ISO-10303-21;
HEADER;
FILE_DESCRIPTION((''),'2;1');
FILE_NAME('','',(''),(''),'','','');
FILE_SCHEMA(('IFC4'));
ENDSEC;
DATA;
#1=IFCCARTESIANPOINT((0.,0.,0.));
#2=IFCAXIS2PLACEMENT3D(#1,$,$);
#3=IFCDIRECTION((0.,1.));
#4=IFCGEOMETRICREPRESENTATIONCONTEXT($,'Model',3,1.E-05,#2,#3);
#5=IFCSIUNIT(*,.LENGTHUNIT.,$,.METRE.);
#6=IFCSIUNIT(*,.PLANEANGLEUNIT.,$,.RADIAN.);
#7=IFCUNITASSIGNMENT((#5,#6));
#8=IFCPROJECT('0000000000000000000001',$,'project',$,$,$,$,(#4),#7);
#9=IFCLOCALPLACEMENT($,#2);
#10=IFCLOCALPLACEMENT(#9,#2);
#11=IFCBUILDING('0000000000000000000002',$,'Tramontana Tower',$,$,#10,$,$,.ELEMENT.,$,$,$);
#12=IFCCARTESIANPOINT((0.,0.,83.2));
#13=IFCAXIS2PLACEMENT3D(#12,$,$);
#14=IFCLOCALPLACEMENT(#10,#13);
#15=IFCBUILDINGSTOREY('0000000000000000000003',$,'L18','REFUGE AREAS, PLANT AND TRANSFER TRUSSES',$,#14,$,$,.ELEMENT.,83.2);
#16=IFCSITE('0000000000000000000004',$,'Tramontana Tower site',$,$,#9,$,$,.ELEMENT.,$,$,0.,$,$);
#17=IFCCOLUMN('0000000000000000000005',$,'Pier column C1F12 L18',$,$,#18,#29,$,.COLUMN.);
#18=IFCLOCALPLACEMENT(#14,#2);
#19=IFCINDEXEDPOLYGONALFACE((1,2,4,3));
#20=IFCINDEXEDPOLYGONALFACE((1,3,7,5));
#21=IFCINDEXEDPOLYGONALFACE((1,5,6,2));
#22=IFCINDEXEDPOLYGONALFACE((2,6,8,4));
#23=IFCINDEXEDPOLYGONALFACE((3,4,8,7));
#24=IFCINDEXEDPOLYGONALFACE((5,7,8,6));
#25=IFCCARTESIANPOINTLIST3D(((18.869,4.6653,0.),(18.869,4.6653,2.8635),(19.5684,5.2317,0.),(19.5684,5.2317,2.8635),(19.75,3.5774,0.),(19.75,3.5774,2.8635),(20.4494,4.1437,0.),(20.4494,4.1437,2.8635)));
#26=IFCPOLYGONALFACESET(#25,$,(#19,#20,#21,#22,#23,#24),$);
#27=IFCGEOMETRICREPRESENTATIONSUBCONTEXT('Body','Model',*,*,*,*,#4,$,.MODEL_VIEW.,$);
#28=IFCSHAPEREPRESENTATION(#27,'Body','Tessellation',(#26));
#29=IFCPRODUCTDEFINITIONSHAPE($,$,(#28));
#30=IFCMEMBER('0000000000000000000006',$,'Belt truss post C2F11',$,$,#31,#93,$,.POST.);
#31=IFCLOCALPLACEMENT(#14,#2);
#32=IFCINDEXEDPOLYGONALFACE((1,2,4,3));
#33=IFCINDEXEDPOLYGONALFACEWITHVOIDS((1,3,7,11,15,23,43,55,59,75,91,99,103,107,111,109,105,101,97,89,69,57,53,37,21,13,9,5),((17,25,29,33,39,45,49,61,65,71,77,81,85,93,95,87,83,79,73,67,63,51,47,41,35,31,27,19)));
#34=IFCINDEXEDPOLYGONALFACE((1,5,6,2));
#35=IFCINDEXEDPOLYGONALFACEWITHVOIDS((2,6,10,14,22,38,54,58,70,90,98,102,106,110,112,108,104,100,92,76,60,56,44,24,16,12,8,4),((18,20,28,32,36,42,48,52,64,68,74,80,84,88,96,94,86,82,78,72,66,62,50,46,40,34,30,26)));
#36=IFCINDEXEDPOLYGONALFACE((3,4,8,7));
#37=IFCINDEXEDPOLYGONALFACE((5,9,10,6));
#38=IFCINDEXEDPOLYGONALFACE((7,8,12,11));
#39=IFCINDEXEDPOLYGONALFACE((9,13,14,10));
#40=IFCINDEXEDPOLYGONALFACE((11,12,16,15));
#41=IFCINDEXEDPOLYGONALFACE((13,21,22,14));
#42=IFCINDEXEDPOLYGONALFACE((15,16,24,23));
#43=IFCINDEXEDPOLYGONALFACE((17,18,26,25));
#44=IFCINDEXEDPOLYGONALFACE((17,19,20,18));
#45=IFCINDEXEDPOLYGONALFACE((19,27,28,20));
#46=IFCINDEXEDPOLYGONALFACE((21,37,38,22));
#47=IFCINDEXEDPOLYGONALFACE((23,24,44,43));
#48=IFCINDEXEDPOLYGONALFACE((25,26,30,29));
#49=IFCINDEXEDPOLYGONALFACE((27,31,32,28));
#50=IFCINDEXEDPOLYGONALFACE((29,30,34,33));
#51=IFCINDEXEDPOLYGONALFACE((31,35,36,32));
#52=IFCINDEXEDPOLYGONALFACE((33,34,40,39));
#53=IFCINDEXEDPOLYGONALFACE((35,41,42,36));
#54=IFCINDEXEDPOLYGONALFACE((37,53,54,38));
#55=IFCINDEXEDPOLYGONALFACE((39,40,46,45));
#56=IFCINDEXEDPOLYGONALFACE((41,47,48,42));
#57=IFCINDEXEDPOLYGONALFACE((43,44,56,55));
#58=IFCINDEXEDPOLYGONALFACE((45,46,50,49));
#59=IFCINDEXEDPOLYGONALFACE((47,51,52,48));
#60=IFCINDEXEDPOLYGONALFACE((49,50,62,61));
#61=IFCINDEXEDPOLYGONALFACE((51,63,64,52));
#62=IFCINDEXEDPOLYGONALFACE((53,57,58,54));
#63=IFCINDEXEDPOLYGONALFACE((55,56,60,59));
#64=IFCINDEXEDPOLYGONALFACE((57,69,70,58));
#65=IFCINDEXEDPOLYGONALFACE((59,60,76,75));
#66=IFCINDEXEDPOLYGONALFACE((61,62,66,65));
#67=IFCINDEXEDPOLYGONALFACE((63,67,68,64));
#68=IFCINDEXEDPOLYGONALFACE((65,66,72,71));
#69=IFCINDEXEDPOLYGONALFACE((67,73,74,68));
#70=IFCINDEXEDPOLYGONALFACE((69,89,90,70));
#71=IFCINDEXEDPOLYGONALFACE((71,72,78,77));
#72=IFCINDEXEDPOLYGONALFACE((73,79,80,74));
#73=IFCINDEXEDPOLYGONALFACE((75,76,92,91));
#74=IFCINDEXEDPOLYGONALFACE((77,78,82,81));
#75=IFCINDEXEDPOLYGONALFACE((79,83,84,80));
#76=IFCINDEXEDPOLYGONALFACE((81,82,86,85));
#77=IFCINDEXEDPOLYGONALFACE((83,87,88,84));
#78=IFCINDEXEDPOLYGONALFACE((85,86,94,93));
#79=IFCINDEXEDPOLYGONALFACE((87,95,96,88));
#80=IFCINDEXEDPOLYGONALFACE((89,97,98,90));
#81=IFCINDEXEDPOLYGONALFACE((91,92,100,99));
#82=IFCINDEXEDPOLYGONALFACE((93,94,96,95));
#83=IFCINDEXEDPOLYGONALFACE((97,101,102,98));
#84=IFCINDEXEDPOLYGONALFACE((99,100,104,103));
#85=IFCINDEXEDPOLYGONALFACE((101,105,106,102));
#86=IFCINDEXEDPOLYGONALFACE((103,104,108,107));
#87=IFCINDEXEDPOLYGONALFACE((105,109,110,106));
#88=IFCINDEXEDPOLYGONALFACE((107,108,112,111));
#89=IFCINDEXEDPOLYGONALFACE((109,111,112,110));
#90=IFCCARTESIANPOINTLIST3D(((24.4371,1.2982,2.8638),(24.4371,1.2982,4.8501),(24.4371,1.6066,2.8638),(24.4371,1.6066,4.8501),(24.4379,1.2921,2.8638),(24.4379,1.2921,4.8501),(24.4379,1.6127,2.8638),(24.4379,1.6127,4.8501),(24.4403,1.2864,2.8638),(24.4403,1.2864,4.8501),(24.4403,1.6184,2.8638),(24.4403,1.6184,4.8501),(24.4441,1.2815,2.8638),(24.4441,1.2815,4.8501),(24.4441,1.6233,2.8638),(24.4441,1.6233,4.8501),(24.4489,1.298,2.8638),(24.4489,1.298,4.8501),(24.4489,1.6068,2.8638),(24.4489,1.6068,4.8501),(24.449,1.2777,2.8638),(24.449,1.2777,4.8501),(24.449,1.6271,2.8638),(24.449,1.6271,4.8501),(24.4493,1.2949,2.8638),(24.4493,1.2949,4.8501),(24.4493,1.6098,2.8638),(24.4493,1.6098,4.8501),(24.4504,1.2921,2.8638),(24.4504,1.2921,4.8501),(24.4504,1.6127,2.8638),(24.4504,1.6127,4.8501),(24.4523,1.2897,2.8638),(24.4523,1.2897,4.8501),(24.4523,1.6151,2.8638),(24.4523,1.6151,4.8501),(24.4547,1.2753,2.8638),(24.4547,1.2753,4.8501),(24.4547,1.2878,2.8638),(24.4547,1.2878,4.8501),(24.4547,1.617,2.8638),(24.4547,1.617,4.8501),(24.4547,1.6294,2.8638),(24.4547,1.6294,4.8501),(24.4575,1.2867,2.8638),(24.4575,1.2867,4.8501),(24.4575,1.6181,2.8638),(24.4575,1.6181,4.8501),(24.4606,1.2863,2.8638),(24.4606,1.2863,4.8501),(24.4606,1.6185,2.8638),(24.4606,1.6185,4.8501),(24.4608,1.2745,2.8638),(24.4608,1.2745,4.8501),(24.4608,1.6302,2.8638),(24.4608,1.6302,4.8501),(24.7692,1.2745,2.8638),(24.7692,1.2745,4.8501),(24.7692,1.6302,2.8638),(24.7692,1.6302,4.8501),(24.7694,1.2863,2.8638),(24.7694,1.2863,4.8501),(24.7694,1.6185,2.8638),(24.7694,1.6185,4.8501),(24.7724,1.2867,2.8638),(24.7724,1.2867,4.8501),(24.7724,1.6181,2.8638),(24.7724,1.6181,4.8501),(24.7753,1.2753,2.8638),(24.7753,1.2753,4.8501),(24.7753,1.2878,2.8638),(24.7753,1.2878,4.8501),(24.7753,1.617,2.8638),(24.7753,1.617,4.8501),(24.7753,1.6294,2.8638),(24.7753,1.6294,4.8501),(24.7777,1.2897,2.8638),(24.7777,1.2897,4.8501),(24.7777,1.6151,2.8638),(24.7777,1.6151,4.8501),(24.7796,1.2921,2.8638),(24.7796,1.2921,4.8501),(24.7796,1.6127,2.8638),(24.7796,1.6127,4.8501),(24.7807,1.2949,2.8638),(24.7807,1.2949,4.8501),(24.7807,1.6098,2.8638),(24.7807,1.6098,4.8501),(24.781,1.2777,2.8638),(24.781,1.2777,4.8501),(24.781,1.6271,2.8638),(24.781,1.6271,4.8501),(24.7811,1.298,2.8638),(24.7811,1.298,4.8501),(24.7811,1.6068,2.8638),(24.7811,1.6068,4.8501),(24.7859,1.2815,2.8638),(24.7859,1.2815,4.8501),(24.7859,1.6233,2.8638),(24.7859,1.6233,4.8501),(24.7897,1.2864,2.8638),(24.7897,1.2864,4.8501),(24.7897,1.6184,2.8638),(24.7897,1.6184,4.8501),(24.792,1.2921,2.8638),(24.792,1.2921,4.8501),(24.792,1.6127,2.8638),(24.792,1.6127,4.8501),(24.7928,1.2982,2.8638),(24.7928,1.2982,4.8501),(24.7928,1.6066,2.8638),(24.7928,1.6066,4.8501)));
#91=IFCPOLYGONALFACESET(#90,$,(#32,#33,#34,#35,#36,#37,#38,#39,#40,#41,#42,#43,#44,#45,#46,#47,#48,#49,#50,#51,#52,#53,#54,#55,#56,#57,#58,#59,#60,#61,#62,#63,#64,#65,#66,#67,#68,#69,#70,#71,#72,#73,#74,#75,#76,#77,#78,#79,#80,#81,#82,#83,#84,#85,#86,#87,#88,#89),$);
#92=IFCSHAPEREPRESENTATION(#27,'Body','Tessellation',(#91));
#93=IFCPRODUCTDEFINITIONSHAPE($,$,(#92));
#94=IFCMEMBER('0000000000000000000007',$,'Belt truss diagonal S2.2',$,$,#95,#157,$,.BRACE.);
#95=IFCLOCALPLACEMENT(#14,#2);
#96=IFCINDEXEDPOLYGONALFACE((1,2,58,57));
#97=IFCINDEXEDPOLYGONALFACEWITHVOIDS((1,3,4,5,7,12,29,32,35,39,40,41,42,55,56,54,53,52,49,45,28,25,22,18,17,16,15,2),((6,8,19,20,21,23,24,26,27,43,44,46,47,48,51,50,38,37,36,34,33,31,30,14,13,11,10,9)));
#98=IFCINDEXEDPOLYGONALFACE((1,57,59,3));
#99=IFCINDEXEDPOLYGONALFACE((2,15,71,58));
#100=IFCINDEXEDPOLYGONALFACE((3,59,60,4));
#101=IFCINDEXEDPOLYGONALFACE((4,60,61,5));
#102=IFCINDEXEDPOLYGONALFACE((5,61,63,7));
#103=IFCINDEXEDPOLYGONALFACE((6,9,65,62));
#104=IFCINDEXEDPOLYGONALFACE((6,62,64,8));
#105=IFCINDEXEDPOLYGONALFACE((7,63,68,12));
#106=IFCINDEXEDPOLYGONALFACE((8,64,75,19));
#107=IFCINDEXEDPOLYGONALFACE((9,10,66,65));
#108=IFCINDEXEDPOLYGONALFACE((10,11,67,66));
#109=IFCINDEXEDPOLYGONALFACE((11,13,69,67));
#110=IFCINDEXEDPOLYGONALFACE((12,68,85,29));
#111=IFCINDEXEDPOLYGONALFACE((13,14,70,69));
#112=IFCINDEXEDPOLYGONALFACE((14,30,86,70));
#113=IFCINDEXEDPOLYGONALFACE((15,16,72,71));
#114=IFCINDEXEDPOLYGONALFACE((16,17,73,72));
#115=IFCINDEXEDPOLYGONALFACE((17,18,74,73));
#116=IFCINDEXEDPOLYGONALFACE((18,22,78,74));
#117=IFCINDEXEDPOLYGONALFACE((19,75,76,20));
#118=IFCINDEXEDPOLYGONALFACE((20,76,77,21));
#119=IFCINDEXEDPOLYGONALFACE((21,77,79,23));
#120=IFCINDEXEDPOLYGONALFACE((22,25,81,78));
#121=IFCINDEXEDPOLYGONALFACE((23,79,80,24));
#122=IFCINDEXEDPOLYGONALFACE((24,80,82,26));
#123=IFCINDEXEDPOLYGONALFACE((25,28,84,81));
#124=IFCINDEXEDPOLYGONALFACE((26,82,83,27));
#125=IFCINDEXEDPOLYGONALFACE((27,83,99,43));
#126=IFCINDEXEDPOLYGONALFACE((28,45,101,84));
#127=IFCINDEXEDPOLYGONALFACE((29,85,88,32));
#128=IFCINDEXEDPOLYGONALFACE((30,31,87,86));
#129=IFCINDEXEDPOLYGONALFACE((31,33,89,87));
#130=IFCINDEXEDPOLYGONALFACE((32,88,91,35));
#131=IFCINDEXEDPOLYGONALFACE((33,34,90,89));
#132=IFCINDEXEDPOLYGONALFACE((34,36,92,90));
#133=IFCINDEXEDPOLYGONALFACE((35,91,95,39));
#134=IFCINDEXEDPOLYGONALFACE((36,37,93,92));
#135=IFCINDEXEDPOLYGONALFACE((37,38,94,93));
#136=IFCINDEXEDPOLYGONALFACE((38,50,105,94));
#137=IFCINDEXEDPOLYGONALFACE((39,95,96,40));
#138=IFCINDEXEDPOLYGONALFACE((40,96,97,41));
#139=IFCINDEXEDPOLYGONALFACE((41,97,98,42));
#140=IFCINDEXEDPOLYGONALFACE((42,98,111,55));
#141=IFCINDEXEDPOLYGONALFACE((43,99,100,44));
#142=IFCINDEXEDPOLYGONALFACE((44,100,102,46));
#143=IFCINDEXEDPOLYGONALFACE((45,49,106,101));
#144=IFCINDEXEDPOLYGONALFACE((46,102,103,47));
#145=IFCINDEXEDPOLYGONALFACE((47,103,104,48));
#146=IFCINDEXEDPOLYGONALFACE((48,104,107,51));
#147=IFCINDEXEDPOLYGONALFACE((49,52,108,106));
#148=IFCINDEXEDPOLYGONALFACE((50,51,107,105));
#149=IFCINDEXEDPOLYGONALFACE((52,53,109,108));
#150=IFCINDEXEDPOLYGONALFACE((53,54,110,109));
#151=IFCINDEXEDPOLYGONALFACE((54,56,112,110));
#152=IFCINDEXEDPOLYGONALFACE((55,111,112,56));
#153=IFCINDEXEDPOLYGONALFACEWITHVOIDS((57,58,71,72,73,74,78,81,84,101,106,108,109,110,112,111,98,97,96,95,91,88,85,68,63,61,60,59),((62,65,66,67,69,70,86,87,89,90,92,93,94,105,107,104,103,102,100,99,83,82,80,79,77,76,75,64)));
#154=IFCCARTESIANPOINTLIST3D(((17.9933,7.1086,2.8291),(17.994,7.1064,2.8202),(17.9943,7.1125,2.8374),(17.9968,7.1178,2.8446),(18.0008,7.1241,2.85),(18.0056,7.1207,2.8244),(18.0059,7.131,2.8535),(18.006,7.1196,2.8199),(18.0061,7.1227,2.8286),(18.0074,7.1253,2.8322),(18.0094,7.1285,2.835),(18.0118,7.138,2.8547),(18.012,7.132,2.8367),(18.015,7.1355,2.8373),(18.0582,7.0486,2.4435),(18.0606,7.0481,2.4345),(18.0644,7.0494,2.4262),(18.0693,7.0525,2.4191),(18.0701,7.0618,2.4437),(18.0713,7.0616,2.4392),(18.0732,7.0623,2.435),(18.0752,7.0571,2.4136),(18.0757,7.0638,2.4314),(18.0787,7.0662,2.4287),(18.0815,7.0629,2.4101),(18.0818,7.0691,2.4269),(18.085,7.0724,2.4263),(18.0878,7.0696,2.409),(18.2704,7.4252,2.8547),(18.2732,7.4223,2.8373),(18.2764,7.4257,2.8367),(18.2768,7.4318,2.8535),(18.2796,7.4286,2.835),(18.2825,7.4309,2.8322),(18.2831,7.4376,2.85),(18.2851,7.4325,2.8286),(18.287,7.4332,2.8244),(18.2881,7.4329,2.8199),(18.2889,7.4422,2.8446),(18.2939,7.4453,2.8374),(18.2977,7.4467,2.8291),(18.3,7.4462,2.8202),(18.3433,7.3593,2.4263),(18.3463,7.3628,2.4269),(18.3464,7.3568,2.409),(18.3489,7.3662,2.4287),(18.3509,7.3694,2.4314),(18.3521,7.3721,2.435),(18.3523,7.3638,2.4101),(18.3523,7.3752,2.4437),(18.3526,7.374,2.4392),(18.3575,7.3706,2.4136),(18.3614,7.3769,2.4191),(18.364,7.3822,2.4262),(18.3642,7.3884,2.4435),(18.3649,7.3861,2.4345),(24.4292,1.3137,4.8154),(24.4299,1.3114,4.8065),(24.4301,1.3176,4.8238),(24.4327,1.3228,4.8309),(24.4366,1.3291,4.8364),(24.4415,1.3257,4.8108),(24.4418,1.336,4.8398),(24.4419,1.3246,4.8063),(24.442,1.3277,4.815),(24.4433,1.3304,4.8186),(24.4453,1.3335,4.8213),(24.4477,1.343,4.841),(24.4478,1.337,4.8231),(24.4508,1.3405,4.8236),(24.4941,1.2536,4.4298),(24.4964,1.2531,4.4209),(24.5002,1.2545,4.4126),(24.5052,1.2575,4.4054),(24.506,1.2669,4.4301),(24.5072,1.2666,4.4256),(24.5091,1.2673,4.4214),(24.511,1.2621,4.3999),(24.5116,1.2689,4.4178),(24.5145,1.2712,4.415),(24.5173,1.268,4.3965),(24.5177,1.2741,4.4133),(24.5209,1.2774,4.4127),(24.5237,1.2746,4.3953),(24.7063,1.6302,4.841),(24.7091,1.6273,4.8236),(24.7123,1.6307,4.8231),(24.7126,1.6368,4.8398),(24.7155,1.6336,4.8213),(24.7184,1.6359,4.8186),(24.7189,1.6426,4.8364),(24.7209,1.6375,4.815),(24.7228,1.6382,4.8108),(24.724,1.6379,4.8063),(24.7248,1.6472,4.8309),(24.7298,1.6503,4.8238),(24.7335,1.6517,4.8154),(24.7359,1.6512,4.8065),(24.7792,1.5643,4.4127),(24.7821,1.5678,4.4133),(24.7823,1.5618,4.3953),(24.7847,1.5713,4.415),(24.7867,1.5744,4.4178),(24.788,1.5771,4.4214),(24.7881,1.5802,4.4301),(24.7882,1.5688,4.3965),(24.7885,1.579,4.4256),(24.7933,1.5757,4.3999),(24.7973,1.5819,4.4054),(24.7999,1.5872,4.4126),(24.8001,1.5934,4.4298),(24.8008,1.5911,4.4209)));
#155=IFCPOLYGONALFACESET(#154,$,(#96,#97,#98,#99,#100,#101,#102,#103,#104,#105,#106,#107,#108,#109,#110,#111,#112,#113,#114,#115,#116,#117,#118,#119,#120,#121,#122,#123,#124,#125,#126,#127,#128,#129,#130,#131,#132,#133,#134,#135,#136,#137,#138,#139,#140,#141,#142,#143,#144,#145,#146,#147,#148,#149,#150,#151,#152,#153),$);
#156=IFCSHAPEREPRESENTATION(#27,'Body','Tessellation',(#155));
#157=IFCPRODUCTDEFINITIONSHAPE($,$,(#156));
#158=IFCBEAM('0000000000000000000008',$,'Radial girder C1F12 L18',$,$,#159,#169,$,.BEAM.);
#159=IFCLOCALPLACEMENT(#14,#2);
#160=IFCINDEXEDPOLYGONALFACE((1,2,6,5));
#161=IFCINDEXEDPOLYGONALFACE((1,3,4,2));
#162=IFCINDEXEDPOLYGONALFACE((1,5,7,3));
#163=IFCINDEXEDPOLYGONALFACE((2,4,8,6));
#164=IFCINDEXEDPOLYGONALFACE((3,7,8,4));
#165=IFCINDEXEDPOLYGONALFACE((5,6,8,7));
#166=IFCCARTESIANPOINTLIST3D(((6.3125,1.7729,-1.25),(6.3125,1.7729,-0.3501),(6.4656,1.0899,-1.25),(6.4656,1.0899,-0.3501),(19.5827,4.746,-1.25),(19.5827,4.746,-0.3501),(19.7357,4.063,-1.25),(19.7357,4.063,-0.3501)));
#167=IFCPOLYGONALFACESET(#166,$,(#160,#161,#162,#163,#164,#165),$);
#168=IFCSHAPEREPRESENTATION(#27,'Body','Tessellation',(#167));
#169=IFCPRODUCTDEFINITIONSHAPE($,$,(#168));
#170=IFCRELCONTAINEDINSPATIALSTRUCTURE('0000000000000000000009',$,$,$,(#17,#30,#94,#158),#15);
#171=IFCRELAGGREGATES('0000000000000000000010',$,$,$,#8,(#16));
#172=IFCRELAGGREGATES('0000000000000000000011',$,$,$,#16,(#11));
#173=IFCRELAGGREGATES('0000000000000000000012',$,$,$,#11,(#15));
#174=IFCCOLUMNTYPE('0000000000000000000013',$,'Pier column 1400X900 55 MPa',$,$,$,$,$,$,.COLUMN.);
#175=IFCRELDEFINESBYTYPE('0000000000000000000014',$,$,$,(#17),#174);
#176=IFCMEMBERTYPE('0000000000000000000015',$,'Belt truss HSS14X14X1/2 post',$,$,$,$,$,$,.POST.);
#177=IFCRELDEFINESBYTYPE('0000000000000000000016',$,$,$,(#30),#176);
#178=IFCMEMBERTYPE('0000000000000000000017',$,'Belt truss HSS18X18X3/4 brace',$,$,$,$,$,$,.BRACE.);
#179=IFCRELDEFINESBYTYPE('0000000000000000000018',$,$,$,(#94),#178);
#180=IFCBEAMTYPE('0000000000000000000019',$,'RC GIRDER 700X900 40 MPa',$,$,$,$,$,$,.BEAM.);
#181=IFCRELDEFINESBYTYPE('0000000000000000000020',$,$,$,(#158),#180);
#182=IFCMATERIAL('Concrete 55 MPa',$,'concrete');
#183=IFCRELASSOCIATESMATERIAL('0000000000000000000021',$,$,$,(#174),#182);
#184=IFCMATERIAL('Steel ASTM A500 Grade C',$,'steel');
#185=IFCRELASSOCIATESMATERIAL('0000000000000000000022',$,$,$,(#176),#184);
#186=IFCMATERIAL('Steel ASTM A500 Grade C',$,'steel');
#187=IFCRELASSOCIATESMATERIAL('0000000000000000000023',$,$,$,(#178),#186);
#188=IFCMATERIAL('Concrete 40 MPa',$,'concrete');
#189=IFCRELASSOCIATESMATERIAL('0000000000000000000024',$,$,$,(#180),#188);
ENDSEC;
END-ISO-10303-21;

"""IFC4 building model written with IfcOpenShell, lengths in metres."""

from ifc_helpers import new_model, si_unit, direction, frame, origin, origin_2d, place, context, subcontext, project, spatial, rectangle, hollow_rectangle, extrude, material, material_profile, profile_set, type_object, element, save


model = new_model("IFC4")

# Units and contexts
model_context = context("Model", 3, precision=1e-05, world=origin(), true_north=direction((0.0, 1.0)))
body_context = subcontext(model_context, "Body", "Model", "MODEL_VIEW")
ifc_project = project(units=[si_unit("LENGTHUNIT", "METRE"), si_unit("PLANEANGLEUNIT", "RADIAN")], contexts=[model_context])

# Site, building, storey
site_placement = place(None, origin())
site = spatial("IfcSite", under=ifc_project, at=site_placement, Name="Tramontana Tower site", CompositionType="ELEMENT", RefElevation=0.0)
building_placement = place(site_placement, origin())
building = spatial("IfcBuilding", under=site, at=building_placement, Name="Tramontana Tower", CompositionType="ELEMENT")
storey_placement = place(building_placement, frame((0.0, 0.0, 83.2)))
storey = spatial("IfcBuildingStorey", under=building, at=storey_placement, Name="L18", Description="REFUGE AREAS, PLANT AND TRANSFER TRUSSES", CompositionType="ELEMENT", Elevation=83.2)

# Column
ifc_material_1 = material(Name="Concrete 55 MPa", Category="concrete")
ifc_material_profile_1 = material_profile(ifc_material_1, rectangle(XDim=1.3999, YDim=0.8999, at=origin_2d()), Name="Pier column 1400X900 55 MPa")
ifc_profile_set_1 = profile_set([ifc_material_profile_1], Name="Concrete 55 MPa")
column_type = type_object("IfcColumnType", Name="Pier column 1400X900 55 MPa", PredefinedType="COLUMN", material=ifc_profile_set_1)
column_placement = place(storey_placement, frame((19.6592, 4.4045, 0.0), z_axis=(0.0, 0.0, 1.0), x_axis=(-0.62932, 0.777146, 0.0)))
element("IfcColumn", 1, at=column_placement, inside=storey, type_object=column_type, Name="Pier column C1F12 L18", PredefinedType="COLUMN", context=body_context, shape_type="SweptSolid", body=[
    extrude(rectangle(XDim=1.3999, YDim=0.8999, at=origin_2d()), origin(), (0.0, 0.0, 1.0), 2.8635),
])

# Members
ifc_material_2 = material(Name="Steel ASTM A500 Grade C", Category="steel")
ifc_material_profile_2 = material_profile(ifc_material_2, hollow_rectangle(XDim=0.3557, YDim=0.3557, WallThickness=0.0117, InnerFilletRadius=0.0117, OuterFilletRadius=0.0237, at=origin_2d()), Name="HSS14X14X1/2")
ifc_profile_set_2 = profile_set([ifc_material_profile_2], Name="Steel ASTM A500 Grade C")
member_type_1 = type_object("IfcMemberType", Name="Belt truss HSS14X14X1/2 post", PredefinedType="POST", material=ifc_profile_set_2)
member_1_placement = place(storey_placement, frame((24.615, 1.4524, 2.8638), z_axis=(0.0, 0.0, 1.0), x_axis=(1.0, 0.0, 0.0)))
element("IfcMember", 2, at=member_1_placement, inside=storey, type_object=member_type_1, Name="Belt truss post C2F11", PredefinedType="POST", context=body_context, shape_type="SweptSolid", body=[
    extrude(hollow_rectangle(XDim=0.3557, YDim=0.3557, WallThickness=0.0117, InnerFilletRadius=0.0117, OuterFilletRadius=0.0237, at=origin_2d()), origin(), (0.0, 0.0, 1.0), 1.9863),
])
ifc_material_3 = material(Name="Steel ASTM A500 Grade C", Category="steel")
ifc_material_profile_3 = material_profile(ifc_material_3, hollow_rectangle(XDim=0.4573, YDim=0.4573, WallThickness=0.0178, InnerFilletRadius=0.0178, OuterFilletRadius=0.0354, at=origin_2d()), Name="HSS18X18X3/4")
ifc_profile_set_3 = profile_set([ifc_material_profile_3], Name="Steel ASTM A500 Grade C")
member_type_2 = type_object("IfcMemberType", Name="Belt truss HSS18X18X3/4 brace", PredefinedType="BRACE", material=ifc_profile_set_3)
member_2_placement = place(storey_placement, frame((24.615, 1.4524, 4.6182), z_axis=(-0.724331, 0.652202, -0.223556), x_axis=(-0.669138, -0.743139, 0.0)))
element("IfcMember", 3, at=member_2_placement, inside=storey, type_object=member_type_2, Name="Belt truss diagonal S2.2", PredefinedType="BRACE", context=body_context, shape_type="SweptSolid", body=[
    extrude(hollow_rectangle(XDim=0.4573, YDim=0.4573, WallThickness=0.0178, InnerFilletRadius=0.0178, OuterFilletRadius=0.0354, at=origin_2d()), origin(), (0.0, 0.0, 1.0), 8.8853),
])

# Beam
ifc_material_4 = material(Name="Concrete 40 MPa", Category="concrete")
ifc_material_profile_4 = material_profile(ifc_material_4, rectangle(XDim=0.7, YDim=0.8999, at=origin_2d()), Name="RC GIRDER 700X900 40 MPa")
ifc_profile_set_4 = profile_set([ifc_material_profile_4], Name="Concrete 40 MPa")
beam_type = type_object("IfcBeamType", Name="RC GIRDER 700X900 40 MPa", PredefinedType="BEAM", material=ifc_profile_set_4)
beam_placement = place(storey_placement, frame((19.6592, 4.4045, -0.8), z_axis=(-0.975808, -0.21863, 0.0), x_axis=(0.21863, -0.975808, 0.0)))
element("IfcBeam", 4, at=beam_placement, inside=storey, type_object=beam_type, Name="Radial girder C1F12 L18", PredefinedType="BEAM", context=body_context, shape_type="SweptSolid", body=[
    extrude(rectangle(XDim=0.7, YDim=0.8999, at=origin_2d()), origin(), (0.0, 0.0, 1.0), 13.5991),
])

save(model, "model.ifc")
